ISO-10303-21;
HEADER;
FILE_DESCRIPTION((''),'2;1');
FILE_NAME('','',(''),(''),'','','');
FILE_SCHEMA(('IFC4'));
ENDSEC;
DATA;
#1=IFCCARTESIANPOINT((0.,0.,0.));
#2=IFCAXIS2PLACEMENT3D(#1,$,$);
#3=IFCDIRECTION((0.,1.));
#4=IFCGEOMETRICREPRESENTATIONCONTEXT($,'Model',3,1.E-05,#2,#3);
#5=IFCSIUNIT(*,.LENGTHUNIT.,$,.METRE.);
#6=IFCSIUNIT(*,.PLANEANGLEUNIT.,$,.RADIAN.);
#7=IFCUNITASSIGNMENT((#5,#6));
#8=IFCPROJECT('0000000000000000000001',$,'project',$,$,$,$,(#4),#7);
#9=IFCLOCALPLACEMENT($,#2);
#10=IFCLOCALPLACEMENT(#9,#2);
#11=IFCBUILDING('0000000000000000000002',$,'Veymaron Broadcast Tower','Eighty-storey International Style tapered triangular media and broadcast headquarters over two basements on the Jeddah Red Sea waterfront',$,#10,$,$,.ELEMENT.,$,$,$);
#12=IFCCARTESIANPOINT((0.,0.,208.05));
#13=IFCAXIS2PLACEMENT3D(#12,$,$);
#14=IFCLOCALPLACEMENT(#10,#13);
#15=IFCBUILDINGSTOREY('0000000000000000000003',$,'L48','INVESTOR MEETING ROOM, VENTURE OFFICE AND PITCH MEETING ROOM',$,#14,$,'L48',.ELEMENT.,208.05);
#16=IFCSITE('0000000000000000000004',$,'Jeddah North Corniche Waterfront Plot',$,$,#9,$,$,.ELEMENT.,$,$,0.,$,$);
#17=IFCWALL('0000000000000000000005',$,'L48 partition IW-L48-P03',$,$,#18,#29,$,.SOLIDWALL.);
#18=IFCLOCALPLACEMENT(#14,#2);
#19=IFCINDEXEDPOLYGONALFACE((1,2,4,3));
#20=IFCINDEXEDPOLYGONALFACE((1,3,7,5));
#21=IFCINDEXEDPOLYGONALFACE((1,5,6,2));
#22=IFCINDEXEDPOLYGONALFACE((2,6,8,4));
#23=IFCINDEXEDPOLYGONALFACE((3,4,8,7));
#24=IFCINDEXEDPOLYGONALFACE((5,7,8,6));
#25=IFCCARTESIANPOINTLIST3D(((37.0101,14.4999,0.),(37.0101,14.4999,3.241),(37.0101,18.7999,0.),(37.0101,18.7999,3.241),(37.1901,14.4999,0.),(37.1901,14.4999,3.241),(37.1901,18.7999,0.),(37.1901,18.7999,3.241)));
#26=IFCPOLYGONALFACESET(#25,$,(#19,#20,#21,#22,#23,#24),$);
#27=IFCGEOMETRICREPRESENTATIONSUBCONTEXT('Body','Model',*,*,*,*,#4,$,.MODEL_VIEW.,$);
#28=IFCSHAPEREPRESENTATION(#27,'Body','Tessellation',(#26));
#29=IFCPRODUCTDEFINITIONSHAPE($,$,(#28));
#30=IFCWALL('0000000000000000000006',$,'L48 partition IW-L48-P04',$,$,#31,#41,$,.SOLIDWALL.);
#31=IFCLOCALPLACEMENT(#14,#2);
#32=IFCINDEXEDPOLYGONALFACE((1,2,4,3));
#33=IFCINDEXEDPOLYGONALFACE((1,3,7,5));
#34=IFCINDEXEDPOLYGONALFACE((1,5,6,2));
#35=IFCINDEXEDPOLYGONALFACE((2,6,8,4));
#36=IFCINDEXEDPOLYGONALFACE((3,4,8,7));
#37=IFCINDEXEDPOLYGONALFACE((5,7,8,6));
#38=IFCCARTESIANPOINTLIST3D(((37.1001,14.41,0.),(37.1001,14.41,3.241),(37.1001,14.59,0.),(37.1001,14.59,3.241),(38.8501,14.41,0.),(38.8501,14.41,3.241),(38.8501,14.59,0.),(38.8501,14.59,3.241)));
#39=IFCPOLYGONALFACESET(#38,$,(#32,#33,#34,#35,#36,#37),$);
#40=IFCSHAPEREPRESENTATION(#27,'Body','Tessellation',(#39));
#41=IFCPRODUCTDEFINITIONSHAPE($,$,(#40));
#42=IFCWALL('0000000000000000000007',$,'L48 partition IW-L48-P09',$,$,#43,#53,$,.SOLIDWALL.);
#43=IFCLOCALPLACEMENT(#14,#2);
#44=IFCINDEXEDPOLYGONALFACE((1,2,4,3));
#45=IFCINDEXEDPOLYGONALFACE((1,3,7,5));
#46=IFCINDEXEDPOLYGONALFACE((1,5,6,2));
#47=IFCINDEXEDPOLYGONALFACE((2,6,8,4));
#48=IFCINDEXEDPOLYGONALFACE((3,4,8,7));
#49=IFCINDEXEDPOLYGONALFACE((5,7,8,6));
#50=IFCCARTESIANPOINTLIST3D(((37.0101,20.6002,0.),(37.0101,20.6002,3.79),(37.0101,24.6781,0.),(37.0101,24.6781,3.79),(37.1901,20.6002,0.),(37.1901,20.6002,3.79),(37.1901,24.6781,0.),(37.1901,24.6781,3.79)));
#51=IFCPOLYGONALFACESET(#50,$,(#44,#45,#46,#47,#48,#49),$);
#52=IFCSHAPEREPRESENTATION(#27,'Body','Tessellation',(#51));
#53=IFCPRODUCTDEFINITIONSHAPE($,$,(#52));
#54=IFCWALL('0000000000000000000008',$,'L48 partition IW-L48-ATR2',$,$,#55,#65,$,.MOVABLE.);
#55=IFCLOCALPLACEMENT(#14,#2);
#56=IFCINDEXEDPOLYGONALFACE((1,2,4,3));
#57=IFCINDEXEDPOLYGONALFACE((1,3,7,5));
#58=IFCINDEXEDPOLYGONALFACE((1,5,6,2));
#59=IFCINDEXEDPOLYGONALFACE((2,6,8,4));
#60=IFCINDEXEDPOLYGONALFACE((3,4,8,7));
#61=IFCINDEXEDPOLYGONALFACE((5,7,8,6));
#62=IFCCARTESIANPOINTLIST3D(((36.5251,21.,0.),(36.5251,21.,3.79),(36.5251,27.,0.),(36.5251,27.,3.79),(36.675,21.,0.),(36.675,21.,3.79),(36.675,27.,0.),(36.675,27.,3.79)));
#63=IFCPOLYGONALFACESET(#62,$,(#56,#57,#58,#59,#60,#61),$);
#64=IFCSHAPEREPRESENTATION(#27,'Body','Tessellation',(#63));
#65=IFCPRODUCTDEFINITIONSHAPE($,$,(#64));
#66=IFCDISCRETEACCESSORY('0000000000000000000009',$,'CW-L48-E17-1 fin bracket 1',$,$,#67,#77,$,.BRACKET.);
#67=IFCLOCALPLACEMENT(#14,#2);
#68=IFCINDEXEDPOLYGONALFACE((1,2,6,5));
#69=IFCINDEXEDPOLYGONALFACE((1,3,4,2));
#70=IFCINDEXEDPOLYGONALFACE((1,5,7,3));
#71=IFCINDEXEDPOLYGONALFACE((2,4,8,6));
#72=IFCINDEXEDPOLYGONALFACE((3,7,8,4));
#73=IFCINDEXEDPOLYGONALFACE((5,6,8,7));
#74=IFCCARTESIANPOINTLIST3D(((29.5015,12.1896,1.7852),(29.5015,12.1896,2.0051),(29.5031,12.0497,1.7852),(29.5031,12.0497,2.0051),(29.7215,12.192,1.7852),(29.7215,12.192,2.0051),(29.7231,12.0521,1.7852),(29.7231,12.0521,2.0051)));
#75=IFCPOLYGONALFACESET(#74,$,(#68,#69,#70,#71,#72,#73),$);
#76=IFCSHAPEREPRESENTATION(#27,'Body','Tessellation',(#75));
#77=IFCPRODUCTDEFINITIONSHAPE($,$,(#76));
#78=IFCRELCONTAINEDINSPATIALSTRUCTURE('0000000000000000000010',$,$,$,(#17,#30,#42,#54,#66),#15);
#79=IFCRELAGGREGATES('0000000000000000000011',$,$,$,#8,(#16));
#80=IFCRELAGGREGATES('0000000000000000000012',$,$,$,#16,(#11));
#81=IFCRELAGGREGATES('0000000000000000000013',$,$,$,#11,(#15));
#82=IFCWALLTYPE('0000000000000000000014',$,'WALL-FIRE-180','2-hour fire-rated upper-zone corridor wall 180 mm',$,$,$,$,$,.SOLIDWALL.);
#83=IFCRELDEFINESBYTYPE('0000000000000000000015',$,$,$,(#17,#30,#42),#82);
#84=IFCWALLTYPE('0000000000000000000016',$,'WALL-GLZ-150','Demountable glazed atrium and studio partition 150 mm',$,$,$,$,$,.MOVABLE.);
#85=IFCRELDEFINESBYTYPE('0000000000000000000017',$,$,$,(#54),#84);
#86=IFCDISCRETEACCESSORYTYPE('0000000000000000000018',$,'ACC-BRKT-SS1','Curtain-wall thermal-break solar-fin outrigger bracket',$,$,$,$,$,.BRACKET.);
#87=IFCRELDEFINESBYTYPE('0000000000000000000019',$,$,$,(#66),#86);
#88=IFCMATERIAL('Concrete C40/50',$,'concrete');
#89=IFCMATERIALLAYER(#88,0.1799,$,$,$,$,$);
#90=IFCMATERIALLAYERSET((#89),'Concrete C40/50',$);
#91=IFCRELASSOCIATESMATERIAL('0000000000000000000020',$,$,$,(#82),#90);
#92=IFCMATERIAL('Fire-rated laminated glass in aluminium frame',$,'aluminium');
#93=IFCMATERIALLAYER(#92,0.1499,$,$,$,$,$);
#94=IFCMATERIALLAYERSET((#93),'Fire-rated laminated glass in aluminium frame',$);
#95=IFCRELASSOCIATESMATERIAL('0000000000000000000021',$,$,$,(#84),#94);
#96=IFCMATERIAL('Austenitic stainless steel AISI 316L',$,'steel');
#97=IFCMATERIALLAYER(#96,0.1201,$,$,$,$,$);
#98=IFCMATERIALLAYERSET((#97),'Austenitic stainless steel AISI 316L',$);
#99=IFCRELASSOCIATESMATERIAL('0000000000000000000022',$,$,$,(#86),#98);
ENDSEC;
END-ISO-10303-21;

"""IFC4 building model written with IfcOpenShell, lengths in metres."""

from ifc_helpers import new_model, si_unit, direction, frame, frame_2d, origin, origin_2d, place, context, subcontext, project, spatial, rectangle, extrude, material, layer, layer_set, type_object, element, save


model = new_model("IFC4")

# Units and contexts
model_context = context("Model", 3, precision=1e-05, world=origin(), true_north=direction((0.0, 1.0)))
body_context = subcontext(model_context, "Body", "Model", "MODEL_VIEW")
ifc_project = project(units=[si_unit("LENGTHUNIT", "METRE"), si_unit("PLANEANGLEUNIT", "RADIAN")], contexts=[model_context])

# Site, building, storey
site_placement = place(None, origin())
site = spatial("IfcSite", under=ifc_project, at=site_placement, Name="Jeddah North Corniche Waterfront Plot", CompositionType="ELEMENT", RefElevation=0.0)
building_placement = place(site_placement, origin())
building = spatial("IfcBuilding", under=site, at=building_placement, Name="Veymaron Broadcast Tower", Description="Eighty-storey International Style tapered triangular media and broadcast headquarters over two basements on the Jeddah Red Sea waterfront", CompositionType="ELEMENT")
storey_placement = place(building_placement, frame((0.0, 0.0, 208.05)))
storey = spatial("IfcBuildingStorey", under=building, at=storey_placement, Name="L48", Description="INVESTOR MEETING ROOM, VENTURE OFFICE AND PITCH MEETING ROOM", LongName="L48", CompositionType="ELEMENT", Elevation=208.05)

# Walls
ifc_material_1 = material(Name="Concrete C40/50", Category="concrete")
ifc_layer_1 = layer(ifc_material_1, 0.1799)
ifc_layer_set_1 = layer_set([ifc_layer_1], Name="Concrete C40/50")
wall_type_1 = type_object("IfcWallType", Name="WALL-FIRE-180", Description="2-hour fire-rated upper-zone corridor wall 180 mm", PredefinedType="SOLIDWALL", material=ifc_layer_set_1)
wall_1_placement = place(storey_placement, frame((37.1001, 14.5, 0.0), z_axis=(0.0, 0.0, 1.0), x_axis=(0.0, 1.0, 0.0)))
element("IfcWall", 1, at=wall_1_placement, inside=storey, type_object=wall_type_1, Name="L48 partition IW-L48-P03", PredefinedType="SOLIDWALL", context=body_context, shape_type="SweptSolid", body=[
    extrude(rectangle(XDim=4.3, YDim=0.1799, at=frame_2d((2.1499, 0.0))), origin(), (0.0, 0.0, 1.0), 3.241),
])
wall_2_placement = place(storey_placement, frame((37.1001, 14.5, 0.0), z_axis=(0.0, 0.0, 1.0), x_axis=(1.0, 0.0, 0.0)))
element("IfcWall", 2, at=wall_2_placement, inside=storey, type_object=wall_type_1, Name="L48 partition IW-L48-P04", PredefinedType="SOLIDWALL", context=body_context, shape_type="SweptSolid", body=[
    extrude(rectangle(XDim=1.75, YDim=0.1799, at=frame_2d((0.875, 0.0))), origin(), (0.0, 0.0, 1.0), 3.241),
])
wall_3_placement = place(storey_placement, frame((37.1001, 20.6001, 0.0), z_axis=(0.0, 0.0, 1.0), x_axis=(0.0, 1.0, 0.0)))
element("IfcWall", 3, at=wall_3_placement, inside=storey, type_object=wall_type_1, Name="L48 partition IW-L48-P09", PredefinedType="SOLIDWALL", context=body_context, shape_type="SweptSolid", body=[
    extrude(rectangle(XDim=4.0779, YDim=0.1799, at=frame_2d((2.0391, 0.0))), origin(), (0.0, 0.0, 1.0), 3.79),
])
ifc_material_2 = material(Name="Fire-rated laminated glass in aluminium frame", Category="aluminium")
ifc_layer_2 = layer(ifc_material_2, 0.1499)
ifc_layer_set_2 = layer_set([ifc_layer_2], Name="Fire-rated laminated glass in aluminium frame")
wall_type_2 = type_object("IfcWallType", Name="WALL-GLZ-150", Description="Demountable glazed atrium and studio partition 150 mm", PredefinedType="MOVABLE", material=ifc_layer_set_2)
wall_4_placement = place(storey_placement, frame((36.6001, 21.0, 0.0), z_axis=(0.0, 0.0, 1.0), x_axis=(0.0, 1.0, 0.0)))
element("IfcWall", 4, at=wall_4_placement, inside=storey, type_object=wall_type_2, Name="L48 partition IW-L48-ATR2", PredefinedType="MOVABLE", context=body_context, shape_type="SweptSolid", body=[
    extrude(rectangle(XDim=6.0, YDim=0.1499, at=frame_2d((3.0, 0.0))), origin(), (0.0, 0.0, 1.0), 3.79),
])

# Discrete accessory
ifc_material_3 = material(Name="Austenitic stainless steel AISI 316L", Category="steel")
ifc_layer_3 = layer(ifc_material_3, 0.1201)
ifc_layer_set_3 = layer_set([ifc_layer_3], Name="Austenitic stainless steel AISI 316L")
discrete_accessory_type = type_object("IfcDiscreteAccessoryType", Name="ACC-BRKT-SS1", Description="Curtain-wall thermal-break solar-fin outrigger bracket", PredefinedType="BRACKET", material=ifc_layer_set_3)
discrete_accessory_placement = place(storey_placement, frame((29.6123, 12.1208, 1.7852), z_axis=(0.0, 0.0, 1.0), x_axis=(-0.999938, -0.011152, 0.0)))
element("IfcDiscreteAccessory", 5, at=discrete_accessory_placement, inside=storey, type_object=discrete_accessory_type, Name="CW-L48-E17-1 fin bracket 1", PredefinedType="BRACKET", context=body_context, shape_type="SweptSolid", body=[
    extrude(rectangle(XDim=0.22, YDim=0.1399, at=origin_2d()), origin(), (0.0, 0.0, 1.0), 0.22),
])

save(model, "model.ifc")
